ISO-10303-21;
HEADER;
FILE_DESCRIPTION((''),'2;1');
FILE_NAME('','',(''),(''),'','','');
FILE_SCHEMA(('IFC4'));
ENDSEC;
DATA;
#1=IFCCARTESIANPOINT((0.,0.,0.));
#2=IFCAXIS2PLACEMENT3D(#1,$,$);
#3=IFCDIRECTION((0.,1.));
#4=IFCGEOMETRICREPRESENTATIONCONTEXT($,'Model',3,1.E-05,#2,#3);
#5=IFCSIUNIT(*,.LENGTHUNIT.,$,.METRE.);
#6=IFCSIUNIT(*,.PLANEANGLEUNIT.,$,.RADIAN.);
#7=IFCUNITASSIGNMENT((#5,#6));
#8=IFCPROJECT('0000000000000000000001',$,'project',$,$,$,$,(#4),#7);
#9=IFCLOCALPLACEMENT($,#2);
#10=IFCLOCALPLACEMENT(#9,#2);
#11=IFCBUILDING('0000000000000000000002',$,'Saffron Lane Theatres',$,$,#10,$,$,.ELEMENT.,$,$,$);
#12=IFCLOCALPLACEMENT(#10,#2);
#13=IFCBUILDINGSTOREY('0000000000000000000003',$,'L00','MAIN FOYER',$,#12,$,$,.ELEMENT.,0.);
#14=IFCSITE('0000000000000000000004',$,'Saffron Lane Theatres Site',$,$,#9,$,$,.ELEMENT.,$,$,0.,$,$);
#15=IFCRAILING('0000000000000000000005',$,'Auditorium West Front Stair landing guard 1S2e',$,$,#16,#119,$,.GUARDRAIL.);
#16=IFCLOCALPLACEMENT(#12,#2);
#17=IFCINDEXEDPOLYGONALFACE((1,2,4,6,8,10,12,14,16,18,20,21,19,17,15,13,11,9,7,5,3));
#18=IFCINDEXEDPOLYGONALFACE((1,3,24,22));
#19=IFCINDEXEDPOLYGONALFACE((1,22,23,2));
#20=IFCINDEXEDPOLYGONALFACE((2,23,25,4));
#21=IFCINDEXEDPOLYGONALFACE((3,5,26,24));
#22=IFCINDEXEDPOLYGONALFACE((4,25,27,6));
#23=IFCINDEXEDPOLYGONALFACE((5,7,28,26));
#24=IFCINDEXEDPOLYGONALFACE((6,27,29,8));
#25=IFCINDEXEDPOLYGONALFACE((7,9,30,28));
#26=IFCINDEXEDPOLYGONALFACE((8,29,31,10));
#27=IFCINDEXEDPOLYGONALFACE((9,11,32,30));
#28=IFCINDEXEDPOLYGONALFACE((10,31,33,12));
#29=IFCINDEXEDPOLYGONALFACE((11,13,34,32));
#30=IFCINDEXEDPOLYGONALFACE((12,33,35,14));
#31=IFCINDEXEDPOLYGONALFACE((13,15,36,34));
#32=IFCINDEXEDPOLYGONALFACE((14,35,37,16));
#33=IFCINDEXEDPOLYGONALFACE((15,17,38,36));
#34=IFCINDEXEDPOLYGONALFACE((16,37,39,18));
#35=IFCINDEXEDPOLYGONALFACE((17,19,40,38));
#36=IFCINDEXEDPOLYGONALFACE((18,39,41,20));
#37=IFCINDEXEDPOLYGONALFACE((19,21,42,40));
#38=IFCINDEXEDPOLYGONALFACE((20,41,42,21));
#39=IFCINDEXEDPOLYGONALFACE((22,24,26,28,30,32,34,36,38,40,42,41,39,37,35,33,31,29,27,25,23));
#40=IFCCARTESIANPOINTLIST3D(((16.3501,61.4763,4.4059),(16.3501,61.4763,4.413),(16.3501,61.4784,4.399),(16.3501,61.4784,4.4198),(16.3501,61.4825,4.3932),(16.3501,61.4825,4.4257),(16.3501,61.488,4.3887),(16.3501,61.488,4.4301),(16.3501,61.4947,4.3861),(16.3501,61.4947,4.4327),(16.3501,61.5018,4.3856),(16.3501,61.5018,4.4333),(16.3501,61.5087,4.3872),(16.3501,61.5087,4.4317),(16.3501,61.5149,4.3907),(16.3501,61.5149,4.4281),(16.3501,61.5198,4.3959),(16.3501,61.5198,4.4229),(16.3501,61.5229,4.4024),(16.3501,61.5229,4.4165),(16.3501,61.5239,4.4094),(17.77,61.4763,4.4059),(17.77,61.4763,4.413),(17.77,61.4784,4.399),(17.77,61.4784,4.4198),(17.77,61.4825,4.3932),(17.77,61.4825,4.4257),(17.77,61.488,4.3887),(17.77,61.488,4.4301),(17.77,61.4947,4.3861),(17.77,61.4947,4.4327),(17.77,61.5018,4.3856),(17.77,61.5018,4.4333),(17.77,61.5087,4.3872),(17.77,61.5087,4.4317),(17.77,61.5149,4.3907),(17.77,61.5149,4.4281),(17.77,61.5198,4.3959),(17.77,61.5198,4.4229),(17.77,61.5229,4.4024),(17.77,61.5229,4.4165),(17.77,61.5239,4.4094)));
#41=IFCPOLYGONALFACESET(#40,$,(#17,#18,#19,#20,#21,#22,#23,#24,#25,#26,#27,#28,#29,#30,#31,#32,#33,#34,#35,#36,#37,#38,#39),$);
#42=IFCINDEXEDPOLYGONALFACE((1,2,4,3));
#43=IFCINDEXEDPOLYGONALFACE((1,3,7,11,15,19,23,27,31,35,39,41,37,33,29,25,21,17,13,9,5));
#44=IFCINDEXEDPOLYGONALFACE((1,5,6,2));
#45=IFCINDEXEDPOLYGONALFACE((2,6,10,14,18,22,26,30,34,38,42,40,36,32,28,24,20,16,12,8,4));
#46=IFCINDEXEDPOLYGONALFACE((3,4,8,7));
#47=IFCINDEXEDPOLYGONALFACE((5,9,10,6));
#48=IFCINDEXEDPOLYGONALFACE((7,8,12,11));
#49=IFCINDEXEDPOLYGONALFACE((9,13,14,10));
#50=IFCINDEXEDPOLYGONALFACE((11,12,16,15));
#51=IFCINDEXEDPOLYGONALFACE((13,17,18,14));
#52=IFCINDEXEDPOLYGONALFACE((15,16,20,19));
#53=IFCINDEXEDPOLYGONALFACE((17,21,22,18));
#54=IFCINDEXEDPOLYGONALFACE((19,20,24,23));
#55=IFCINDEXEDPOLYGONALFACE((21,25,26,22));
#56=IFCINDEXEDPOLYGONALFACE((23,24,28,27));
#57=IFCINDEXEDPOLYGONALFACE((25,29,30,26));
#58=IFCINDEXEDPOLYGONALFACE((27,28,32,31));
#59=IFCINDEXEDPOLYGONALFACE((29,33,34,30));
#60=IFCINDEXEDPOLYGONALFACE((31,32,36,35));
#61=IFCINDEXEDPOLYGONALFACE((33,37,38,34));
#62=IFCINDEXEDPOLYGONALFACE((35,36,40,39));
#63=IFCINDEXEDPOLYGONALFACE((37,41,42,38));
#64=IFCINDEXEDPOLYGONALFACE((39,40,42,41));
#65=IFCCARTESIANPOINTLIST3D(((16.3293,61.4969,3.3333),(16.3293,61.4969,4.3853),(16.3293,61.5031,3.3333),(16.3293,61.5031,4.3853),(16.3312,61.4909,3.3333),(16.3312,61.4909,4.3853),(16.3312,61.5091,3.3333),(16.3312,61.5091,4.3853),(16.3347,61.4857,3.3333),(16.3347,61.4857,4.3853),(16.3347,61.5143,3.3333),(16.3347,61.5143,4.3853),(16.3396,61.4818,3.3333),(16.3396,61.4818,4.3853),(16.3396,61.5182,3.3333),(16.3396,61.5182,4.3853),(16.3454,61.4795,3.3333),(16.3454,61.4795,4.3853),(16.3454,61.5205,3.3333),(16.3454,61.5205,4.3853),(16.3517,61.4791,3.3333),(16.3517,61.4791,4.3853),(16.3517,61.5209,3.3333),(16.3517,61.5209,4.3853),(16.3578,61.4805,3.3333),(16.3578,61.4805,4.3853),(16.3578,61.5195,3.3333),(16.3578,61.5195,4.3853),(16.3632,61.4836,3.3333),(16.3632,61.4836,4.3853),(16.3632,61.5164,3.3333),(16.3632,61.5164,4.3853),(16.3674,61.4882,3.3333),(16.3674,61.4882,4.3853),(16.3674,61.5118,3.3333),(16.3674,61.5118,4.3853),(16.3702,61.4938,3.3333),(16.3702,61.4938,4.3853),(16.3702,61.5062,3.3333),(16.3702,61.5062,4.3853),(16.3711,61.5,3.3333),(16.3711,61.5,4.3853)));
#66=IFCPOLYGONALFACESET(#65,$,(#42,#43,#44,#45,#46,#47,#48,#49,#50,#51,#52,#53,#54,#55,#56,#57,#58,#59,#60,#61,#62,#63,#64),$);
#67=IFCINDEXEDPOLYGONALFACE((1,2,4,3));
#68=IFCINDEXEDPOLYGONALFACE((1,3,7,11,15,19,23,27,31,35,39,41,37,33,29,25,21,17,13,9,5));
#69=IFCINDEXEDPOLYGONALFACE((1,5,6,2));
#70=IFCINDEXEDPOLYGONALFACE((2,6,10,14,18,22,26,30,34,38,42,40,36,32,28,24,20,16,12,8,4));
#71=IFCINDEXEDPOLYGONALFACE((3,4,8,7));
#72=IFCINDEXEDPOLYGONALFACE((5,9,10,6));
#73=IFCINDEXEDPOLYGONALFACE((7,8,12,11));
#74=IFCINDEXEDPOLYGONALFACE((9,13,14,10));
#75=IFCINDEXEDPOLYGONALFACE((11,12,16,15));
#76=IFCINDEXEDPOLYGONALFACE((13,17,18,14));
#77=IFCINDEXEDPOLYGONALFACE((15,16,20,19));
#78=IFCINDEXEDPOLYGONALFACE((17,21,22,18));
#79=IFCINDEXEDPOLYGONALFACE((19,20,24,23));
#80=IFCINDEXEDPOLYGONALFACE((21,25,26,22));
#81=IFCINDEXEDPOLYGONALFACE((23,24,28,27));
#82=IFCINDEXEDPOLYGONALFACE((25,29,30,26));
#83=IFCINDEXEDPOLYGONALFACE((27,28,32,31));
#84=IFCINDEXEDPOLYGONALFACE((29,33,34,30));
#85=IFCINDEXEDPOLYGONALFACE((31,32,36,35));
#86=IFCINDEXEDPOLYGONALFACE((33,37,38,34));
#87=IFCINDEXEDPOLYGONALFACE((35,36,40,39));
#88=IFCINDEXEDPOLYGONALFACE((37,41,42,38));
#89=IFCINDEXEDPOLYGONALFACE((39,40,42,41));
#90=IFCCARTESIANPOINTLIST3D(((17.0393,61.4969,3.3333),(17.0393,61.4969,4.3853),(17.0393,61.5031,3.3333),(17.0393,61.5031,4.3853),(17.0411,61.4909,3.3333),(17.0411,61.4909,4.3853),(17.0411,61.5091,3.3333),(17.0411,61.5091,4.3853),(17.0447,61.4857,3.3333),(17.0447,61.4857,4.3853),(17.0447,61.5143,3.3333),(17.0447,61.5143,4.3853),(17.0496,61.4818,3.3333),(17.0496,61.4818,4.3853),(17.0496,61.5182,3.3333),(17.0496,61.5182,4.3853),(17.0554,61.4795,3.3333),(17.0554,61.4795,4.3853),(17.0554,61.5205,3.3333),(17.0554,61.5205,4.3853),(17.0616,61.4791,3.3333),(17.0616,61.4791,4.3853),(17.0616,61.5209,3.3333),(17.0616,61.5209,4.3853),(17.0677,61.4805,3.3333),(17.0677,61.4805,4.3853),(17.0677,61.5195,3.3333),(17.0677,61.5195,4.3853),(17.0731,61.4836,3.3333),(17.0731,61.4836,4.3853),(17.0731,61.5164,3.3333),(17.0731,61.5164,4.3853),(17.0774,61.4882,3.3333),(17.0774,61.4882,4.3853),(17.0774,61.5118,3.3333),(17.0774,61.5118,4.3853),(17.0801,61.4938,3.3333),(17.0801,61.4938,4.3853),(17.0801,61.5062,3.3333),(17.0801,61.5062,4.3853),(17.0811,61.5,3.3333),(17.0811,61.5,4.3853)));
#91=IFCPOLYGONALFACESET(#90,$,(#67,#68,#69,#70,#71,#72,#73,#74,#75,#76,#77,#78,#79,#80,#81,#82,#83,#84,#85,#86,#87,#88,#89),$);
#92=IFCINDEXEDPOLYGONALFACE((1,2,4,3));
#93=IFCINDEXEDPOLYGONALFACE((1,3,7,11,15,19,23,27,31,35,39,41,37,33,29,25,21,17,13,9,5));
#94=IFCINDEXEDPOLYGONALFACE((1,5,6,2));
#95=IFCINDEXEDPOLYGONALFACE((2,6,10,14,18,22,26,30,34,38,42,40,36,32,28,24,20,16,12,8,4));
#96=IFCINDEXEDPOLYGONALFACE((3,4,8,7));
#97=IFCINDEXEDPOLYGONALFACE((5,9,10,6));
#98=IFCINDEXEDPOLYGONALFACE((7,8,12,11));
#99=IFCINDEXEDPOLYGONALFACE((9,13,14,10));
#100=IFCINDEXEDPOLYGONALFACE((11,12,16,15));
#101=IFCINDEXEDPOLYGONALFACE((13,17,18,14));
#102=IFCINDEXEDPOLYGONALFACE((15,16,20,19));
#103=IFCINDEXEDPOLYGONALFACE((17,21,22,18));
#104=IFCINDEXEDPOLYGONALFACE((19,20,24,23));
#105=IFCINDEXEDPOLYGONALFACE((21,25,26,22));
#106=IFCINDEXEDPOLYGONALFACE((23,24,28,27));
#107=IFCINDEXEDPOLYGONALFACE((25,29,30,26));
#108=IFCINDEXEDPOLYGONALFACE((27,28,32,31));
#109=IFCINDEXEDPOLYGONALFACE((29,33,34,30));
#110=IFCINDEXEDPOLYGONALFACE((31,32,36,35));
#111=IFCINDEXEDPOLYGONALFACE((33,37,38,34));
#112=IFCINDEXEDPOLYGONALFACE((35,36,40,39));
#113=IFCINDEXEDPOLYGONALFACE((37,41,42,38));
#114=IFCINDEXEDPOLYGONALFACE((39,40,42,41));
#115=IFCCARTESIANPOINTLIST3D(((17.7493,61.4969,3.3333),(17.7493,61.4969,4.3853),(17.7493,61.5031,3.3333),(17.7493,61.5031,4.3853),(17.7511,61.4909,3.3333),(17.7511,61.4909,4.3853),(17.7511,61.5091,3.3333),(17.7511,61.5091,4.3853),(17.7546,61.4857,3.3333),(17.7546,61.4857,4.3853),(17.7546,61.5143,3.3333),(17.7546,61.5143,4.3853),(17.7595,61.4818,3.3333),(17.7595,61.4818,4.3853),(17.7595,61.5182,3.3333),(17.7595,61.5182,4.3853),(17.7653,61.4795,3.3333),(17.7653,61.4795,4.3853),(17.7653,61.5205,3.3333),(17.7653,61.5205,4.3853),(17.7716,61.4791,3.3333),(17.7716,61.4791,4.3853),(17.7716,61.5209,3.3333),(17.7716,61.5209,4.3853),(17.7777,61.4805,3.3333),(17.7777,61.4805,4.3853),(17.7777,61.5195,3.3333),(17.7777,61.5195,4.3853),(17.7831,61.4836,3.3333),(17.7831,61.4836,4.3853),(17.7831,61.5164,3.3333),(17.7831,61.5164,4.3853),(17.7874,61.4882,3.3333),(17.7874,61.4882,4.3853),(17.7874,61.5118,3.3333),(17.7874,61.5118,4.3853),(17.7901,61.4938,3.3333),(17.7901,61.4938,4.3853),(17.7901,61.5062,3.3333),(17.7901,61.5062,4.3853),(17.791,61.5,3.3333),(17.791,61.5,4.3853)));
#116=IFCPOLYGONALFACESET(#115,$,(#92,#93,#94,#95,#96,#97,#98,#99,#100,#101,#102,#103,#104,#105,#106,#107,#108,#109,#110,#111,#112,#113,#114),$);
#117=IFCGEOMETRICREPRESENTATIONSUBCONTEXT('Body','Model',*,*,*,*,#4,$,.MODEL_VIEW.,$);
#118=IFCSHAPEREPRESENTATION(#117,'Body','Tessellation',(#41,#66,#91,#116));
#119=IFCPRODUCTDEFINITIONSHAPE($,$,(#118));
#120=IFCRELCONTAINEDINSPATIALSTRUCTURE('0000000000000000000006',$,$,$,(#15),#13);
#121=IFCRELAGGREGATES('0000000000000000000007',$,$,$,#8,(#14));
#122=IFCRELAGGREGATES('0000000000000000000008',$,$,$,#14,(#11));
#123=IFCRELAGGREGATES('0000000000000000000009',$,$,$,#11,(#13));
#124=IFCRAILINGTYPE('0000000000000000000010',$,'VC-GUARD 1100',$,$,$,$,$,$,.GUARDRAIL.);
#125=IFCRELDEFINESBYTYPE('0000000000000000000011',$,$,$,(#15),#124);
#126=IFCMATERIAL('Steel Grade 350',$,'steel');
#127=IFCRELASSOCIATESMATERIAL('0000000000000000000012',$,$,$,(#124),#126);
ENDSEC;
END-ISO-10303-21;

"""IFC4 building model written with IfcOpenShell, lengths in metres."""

from ifc_helpers import new_model, si_unit, direction, frame, origin, origin_2d, place, context, subcontext, project, spatial, circle, extrude, material, type_object, element, save


model = new_model("IFC4")

# Units and contexts
model_context = context("Model", 3, precision=1e-05, world=origin(), true_north=direction((0.0, 1.0)))
body_context = subcontext(model_context, "Body", "Model", "MODEL_VIEW")
ifc_project = project(units=[si_unit("LENGTHUNIT", "METRE"), si_unit("PLANEANGLEUNIT", "RADIAN")], contexts=[model_context])

# Site, building, storey
site_placement = place(None, origin())
site = spatial("IfcSite", under=ifc_project, at=site_placement, Name="Saffron Lane Theatres Site", CompositionType="ELEMENT", RefElevation=0.0)
building_placement = place(site_placement, origin())
building = spatial("IfcBuilding", under=site, at=building_placement, Name="Saffron Lane Theatres", CompositionType="ELEMENT")
storey_placement = place(building_placement, origin())
storey = spatial("IfcBuildingStorey", under=building, at=storey_placement, Name="L00", Description="MAIN FOYER", CompositionType="ELEMENT", Elevation=0.0)

# Railing
ifc_material_1 = material(Name="Steel Grade 350", Category="steel")
railing_type_1 = type_object("IfcRailingType", Name="VC-GUARD 1100", PredefinedType="GUARDRAIL", material=ifc_material_1)
railing_1_placement = place(storey_placement, frame((16.3501, 61.5, 3.3333)))
element("IfcRailing", 1, at=railing_1_placement, inside=storey, type_object=railing_type_1, Name="Auditorium West Front Stair landing guard 1S2e", PredefinedType="GUARDRAIL", context=body_context, shape_type="SweptSolid", body=[
    extrude(circle(Radius=0.0239, at=origin_2d()), frame((0.0, 0.0, 1.0762), z_axis=(1.0, 0.0, 0.0), x_axis=(0.0, 1.0, 0.0)), (0.0, 0.0, 1.0), 1.4199),
    extrude(circle(Radius=0.021, at=origin_2d()), origin(), (0.0, 0.0, 1.0), 1.052),
    extrude(circle(Radius=0.021, at=origin_2d()), frame((0.71, 0.0, 0.0)), (0.0, 0.0, 1.0), 1.052),
    extrude(circle(Radius=0.021, at=origin_2d()), frame((1.4199, 0.0, 0.0)), (0.0, 0.0, 1.0), 1.052),
])

save(model, "model.ifc")
